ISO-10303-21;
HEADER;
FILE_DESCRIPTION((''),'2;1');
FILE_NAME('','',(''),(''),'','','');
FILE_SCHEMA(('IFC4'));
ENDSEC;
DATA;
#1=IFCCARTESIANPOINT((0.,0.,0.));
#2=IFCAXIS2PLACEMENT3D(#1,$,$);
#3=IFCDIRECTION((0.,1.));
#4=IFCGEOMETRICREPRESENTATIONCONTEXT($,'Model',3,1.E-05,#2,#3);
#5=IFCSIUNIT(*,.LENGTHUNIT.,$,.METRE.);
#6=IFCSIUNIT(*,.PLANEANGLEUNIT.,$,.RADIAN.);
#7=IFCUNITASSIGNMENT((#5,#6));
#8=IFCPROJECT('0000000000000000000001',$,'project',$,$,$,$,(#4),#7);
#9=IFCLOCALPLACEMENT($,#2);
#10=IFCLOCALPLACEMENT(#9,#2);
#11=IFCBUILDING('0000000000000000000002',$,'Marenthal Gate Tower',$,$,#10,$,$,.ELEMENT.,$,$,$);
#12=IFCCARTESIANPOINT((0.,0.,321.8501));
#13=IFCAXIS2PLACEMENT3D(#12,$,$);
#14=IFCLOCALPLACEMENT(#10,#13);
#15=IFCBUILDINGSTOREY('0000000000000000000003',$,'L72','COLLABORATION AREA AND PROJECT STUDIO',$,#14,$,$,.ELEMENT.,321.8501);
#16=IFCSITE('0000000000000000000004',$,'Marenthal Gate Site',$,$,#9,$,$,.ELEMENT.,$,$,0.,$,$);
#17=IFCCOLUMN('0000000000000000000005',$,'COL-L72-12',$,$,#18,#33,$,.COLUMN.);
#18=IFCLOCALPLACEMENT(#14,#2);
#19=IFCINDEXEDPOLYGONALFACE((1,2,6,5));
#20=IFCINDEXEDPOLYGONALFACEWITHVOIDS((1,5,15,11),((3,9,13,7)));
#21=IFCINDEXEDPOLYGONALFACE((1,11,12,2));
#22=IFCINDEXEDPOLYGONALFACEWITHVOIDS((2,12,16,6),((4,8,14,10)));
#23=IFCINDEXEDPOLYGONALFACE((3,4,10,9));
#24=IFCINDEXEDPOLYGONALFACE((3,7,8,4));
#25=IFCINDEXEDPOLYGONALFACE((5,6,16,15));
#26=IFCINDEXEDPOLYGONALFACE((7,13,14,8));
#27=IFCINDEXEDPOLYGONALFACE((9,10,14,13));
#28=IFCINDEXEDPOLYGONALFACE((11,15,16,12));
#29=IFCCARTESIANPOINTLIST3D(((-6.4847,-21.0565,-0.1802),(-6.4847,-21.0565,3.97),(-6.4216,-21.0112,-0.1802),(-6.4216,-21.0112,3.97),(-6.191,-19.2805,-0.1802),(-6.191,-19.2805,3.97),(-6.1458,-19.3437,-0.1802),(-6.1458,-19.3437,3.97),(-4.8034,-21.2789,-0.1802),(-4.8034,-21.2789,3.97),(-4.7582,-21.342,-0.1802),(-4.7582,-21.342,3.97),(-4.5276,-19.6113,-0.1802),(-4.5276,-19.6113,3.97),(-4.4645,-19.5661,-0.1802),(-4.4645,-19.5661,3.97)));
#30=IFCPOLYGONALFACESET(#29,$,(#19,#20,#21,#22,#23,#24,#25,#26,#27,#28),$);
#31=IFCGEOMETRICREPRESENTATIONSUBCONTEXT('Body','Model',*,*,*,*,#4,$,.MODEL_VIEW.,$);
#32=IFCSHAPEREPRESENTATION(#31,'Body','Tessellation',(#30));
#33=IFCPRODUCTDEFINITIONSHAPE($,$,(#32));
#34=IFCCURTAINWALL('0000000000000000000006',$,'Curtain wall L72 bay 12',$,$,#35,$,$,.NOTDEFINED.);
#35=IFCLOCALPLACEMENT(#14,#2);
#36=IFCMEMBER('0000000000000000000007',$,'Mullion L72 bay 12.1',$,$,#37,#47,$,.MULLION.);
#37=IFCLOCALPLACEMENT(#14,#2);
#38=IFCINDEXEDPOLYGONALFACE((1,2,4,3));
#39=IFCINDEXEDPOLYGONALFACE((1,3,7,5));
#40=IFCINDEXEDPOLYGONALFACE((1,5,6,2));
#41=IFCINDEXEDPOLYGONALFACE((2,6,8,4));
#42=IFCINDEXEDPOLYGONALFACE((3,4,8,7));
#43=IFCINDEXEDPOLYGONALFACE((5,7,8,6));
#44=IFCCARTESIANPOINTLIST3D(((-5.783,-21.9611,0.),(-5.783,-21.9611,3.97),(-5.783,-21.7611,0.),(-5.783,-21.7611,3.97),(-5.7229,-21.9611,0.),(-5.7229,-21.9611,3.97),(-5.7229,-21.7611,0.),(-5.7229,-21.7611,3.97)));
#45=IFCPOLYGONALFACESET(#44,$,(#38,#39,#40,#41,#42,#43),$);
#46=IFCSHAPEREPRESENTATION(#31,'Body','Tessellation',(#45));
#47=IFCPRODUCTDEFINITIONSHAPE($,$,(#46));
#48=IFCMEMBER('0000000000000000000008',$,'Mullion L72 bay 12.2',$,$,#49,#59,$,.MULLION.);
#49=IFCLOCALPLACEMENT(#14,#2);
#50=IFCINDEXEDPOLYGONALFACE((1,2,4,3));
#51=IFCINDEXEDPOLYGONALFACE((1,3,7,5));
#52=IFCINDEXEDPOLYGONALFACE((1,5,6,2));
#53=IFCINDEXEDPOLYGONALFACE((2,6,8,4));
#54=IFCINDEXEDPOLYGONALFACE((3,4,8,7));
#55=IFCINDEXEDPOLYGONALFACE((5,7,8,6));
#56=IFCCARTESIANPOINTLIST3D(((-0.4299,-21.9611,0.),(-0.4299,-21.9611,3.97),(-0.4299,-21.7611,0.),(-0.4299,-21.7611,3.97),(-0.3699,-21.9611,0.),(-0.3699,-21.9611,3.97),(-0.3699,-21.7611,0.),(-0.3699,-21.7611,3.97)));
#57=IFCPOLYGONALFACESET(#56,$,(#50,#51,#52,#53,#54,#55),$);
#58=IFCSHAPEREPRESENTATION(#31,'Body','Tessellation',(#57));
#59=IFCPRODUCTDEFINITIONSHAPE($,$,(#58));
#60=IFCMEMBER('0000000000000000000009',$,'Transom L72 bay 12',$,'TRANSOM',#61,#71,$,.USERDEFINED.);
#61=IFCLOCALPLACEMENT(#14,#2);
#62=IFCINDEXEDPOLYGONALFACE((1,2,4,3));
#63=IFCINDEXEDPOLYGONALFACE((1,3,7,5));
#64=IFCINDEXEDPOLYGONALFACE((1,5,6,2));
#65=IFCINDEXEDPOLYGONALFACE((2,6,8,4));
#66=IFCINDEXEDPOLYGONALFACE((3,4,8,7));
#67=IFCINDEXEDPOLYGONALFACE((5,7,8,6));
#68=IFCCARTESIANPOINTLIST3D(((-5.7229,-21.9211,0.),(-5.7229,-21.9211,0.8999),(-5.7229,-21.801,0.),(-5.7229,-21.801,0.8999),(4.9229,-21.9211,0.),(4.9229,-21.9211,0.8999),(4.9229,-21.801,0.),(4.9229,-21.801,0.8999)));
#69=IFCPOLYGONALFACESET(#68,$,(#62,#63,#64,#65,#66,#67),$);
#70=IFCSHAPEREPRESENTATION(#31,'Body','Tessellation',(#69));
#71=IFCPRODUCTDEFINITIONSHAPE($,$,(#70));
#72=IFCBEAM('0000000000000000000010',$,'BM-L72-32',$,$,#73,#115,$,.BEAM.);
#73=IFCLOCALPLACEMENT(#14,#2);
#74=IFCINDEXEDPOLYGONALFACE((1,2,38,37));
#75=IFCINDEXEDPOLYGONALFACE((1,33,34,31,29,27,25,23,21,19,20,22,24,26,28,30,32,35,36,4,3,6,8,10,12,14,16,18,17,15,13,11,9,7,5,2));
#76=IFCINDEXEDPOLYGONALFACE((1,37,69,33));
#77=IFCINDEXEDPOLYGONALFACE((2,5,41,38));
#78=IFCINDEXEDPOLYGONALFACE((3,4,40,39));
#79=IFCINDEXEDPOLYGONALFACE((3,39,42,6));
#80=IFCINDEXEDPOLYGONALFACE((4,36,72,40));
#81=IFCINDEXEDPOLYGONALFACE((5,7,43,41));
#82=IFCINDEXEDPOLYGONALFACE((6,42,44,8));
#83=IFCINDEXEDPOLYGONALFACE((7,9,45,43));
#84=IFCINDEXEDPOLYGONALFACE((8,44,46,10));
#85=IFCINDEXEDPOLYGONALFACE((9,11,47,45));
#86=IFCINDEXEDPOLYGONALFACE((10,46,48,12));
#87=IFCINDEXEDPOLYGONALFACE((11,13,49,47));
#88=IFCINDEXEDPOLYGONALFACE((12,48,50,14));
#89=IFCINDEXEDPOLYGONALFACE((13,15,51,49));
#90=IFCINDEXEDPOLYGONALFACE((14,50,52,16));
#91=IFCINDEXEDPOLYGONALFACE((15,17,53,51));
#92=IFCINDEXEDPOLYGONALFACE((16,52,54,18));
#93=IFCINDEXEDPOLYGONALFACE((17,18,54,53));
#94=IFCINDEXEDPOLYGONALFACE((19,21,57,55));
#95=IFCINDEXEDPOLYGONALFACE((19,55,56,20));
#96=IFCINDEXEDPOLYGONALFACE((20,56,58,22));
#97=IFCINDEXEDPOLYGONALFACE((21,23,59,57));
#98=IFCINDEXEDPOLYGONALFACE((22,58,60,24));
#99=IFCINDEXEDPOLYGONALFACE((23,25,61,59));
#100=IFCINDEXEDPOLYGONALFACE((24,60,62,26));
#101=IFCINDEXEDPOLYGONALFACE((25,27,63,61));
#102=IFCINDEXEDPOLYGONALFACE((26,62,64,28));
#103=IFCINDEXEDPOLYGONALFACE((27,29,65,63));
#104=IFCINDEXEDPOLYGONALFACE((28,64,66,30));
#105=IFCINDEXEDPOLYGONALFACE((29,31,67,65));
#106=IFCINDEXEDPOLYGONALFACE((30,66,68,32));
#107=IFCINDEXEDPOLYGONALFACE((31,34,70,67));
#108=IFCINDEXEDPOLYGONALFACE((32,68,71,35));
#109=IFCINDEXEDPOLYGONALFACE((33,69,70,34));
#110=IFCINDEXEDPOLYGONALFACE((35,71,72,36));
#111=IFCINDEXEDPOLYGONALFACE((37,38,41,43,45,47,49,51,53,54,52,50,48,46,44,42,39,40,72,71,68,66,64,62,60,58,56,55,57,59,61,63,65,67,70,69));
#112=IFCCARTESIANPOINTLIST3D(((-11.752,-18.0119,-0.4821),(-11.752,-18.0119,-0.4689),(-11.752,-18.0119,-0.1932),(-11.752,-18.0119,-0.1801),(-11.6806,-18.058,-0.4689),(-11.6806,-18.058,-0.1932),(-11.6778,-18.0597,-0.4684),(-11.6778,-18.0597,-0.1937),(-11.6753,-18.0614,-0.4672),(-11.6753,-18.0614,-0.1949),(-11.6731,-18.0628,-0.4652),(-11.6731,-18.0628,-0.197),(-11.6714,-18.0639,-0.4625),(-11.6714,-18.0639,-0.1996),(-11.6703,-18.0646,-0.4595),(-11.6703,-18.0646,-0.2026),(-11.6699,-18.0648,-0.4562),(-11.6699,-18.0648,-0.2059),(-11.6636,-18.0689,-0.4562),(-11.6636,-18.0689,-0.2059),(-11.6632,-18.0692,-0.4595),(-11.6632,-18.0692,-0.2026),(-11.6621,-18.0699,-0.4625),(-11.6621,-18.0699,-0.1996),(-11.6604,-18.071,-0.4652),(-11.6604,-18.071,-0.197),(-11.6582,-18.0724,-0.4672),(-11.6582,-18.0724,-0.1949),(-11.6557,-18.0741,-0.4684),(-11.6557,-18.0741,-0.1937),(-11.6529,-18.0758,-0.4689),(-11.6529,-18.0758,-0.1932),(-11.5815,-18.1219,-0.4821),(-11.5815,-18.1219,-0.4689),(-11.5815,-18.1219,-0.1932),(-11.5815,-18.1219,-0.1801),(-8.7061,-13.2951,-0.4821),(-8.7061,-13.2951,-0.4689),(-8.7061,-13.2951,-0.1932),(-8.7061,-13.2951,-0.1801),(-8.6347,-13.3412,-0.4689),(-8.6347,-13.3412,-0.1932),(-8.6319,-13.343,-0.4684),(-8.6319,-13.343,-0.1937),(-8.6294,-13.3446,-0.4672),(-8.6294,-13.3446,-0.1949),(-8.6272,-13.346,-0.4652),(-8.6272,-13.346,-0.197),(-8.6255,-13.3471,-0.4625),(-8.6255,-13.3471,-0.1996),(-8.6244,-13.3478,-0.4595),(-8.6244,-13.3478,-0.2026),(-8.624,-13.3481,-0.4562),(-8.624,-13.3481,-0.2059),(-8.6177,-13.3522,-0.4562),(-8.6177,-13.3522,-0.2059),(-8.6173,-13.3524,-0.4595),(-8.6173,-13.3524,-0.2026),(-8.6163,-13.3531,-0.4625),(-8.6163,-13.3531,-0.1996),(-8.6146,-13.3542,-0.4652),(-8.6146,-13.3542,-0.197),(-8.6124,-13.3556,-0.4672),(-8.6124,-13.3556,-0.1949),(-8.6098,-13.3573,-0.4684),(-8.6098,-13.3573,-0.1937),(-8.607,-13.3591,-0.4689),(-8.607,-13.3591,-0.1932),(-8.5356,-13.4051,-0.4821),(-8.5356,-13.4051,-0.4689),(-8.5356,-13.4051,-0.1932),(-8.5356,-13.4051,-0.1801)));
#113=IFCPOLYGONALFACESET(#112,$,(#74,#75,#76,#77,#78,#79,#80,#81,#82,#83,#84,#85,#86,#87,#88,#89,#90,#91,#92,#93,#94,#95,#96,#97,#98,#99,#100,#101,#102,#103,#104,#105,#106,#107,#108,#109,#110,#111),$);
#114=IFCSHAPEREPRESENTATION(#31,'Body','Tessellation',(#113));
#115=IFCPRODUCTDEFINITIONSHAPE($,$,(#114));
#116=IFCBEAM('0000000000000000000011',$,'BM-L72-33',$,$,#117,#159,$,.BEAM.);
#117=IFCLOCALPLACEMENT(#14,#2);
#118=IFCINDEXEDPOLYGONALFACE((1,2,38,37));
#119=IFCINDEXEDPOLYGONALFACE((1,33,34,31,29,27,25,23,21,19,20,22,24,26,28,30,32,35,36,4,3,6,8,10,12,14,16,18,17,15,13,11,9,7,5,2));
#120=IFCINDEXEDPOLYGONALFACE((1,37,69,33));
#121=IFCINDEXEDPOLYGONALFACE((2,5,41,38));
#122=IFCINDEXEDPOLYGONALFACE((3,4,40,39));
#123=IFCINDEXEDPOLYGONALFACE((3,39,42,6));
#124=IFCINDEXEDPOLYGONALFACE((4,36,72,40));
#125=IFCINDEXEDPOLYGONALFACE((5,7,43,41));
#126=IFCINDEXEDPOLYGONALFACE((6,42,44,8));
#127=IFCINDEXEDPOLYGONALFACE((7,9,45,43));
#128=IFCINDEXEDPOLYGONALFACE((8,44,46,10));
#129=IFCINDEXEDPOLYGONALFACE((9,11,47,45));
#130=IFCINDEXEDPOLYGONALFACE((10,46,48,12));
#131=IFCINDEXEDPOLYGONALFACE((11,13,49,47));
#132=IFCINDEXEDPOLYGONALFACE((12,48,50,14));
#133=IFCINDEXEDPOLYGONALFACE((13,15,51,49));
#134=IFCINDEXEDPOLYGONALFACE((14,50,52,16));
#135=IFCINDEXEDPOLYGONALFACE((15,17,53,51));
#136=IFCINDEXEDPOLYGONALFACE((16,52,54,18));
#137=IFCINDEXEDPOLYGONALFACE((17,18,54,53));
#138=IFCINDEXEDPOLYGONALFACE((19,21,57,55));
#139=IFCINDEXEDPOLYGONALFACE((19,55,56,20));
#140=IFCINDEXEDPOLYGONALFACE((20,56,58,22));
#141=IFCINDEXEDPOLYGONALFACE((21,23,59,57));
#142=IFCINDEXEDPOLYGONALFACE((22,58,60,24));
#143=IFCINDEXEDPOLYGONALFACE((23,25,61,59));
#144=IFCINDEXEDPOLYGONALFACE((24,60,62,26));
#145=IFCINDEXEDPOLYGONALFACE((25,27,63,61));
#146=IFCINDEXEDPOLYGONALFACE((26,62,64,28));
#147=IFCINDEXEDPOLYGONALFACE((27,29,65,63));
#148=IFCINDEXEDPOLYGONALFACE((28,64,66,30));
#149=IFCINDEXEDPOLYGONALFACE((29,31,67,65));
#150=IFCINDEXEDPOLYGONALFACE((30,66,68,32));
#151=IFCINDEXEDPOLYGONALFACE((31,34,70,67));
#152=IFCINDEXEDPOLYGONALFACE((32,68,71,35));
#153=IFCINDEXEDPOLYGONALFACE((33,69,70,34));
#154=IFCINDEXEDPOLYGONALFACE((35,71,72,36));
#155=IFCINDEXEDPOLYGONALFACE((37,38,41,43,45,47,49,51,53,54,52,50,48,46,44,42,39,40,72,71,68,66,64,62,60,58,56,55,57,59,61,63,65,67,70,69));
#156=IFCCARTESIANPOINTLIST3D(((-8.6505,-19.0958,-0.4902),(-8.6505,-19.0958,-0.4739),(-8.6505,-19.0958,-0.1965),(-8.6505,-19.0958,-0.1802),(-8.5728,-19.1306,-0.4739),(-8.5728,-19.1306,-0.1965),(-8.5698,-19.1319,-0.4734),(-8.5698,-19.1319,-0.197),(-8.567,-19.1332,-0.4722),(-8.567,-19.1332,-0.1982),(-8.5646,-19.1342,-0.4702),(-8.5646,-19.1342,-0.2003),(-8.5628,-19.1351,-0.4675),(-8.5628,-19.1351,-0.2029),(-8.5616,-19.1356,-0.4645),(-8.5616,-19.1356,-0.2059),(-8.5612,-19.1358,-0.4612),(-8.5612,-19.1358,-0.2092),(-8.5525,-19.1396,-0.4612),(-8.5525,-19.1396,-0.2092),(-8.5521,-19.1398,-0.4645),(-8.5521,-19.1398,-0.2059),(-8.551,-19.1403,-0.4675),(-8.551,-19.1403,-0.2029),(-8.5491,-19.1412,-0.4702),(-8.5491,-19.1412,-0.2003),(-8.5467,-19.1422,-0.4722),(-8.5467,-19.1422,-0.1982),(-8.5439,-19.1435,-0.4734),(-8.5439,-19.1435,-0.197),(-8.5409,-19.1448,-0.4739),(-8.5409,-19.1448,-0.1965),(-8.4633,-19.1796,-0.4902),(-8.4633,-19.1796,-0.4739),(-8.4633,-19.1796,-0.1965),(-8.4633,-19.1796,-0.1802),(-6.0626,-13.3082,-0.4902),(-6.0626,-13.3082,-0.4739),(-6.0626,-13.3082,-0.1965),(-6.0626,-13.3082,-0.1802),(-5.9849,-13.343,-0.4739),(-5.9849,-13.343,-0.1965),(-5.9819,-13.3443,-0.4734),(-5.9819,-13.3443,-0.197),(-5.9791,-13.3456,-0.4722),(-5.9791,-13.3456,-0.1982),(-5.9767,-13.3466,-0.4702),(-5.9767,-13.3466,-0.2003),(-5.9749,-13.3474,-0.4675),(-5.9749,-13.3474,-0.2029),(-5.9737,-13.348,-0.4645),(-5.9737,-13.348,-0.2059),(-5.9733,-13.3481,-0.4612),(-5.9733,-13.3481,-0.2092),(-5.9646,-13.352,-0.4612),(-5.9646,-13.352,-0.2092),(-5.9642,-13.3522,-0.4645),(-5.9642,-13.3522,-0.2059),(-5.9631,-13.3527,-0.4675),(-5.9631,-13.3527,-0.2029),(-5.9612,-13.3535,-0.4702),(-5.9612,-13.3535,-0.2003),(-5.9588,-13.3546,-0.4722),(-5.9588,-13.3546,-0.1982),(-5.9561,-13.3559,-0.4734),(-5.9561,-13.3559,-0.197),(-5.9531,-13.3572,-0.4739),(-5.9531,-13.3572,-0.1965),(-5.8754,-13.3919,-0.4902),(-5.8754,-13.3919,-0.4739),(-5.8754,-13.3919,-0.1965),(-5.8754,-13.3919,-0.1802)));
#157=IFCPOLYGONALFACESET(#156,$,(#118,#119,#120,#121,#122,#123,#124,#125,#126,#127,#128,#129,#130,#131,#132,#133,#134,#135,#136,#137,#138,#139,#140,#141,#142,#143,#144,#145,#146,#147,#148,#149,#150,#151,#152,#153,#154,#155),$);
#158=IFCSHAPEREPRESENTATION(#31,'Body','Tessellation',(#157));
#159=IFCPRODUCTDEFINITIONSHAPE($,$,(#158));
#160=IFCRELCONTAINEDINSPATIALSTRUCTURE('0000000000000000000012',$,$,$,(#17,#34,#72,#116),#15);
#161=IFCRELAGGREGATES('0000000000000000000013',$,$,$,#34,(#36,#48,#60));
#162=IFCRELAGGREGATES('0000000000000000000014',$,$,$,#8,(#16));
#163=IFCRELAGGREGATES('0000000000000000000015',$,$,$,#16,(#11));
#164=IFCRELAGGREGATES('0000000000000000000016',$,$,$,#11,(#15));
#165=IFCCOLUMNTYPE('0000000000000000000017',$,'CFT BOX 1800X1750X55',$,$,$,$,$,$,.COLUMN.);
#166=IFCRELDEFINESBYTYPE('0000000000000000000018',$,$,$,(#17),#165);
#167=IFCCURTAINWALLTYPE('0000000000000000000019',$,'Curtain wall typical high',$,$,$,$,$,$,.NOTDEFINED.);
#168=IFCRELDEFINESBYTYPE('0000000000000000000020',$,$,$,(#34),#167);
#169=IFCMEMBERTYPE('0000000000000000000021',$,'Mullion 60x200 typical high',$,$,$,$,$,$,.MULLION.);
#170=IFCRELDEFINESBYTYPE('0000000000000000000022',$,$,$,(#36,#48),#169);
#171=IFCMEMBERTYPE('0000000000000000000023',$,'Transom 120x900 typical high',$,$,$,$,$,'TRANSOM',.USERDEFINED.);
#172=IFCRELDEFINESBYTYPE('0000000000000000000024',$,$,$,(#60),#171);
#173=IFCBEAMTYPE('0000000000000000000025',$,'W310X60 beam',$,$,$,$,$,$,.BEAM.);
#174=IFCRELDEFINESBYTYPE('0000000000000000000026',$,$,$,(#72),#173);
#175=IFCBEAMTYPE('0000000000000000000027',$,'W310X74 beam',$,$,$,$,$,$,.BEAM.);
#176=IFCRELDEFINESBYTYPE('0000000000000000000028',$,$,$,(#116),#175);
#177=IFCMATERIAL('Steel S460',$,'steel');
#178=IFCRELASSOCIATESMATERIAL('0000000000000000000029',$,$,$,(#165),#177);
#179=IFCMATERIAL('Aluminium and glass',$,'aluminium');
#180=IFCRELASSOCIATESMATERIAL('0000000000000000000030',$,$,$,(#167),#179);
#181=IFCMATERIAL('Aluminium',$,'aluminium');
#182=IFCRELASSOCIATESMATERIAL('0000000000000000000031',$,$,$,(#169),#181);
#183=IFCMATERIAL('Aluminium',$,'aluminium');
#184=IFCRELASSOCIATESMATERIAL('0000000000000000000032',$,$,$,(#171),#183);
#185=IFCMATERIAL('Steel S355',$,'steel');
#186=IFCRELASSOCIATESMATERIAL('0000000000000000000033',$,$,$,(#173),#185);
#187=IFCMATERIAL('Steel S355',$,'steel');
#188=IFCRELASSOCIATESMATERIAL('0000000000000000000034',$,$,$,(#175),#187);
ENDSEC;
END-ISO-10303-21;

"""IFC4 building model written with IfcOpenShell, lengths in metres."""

from ifc_helpers import new_model, si_unit, direction, frame, origin, origin_2d, place, context, subcontext, project, spatial, rectangle, hollow_rectangle, i_section, extrude, material, material_profile, profile_set, type_object, element, aggregate, save


model = new_model("IFC4")

# Units and contexts
model_context = context("Model", 3, precision=1e-05, world=origin(), true_north=direction((0.0, 1.0)))
body_context = subcontext(model_context, "Body", "Model", "MODEL_VIEW")
ifc_project = project(units=[si_unit("LENGTHUNIT", "METRE"), si_unit("PLANEANGLEUNIT", "RADIAN")], contexts=[model_context])

# Site, building, storey
site_placement = place(None, origin())
site = spatial("IfcSite", under=ifc_project, at=site_placement, Name="Marenthal Gate Site", CompositionType="ELEMENT", RefElevation=0.0)
building_placement = place(site_placement, origin())
building = spatial("IfcBuilding", under=site, at=building_placement, Name="Marenthal Gate Tower", CompositionType="ELEMENT")
storey_placement = place(building_placement, frame((0.0, 0.0, 321.8501)))
storey = spatial("IfcBuildingStorey", under=building, at=storey_placement, Name="L72", Description="COLLABORATION AREA AND PROJECT STUDIO", CompositionType="ELEMENT", Elevation=321.8501)

# Column
ifc_material_1 = material(Name="Steel S460", Category="steel")
ifc_material_profile_1 = material_profile(ifc_material_1, hollow_rectangle(XDim=1.75, YDim=1.8, WallThickness=0.0549, at=origin_2d()), Name="CFT BOX 1800X1750X55")
ifc_material_2 = material(Name="Concrete 70 MPa", Category="concrete")
ifc_material_profile_2 = material_profile(ifc_material_2, rectangle(XDim=1.6399, YDim=1.6899, at=origin_2d()), Name="CFT BOX 1800X1750X55 INFILL")
ifc_profile_set_1 = profile_set([ifc_material_profile_1, ifc_material_profile_2], Name="Steel S460 shell, Concrete 70 MPa infill")
column_type = type_object("IfcColumnType", Name="CFT BOX 1800X1750X55", PredefinedType="COLUMN", material=ifc_profile_set_1)
column_placement = place(storey_placement, frame((-5.4746, -20.3113, -0.1802), z_axis=(0.0, 0.0, 1.0), x_axis=(-0.986599, 0.163164, 0.0)))
element("IfcColumn", 1, at=column_placement, inside=storey, type_object=column_type, Name="COL-L72-12", PredefinedType="COLUMN", context=body_context, shape_type="SweptSolid", body=[
    extrude(hollow_rectangle(XDim=1.75, YDim=1.8, WallThickness=0.0549, at=origin_2d()), origin(), (0.0, 0.0, 1.0), 4.1501),
])

# Curtain wall, members
ifc_material_3 = material(Name="Aluminium and glass", Category="aluminium")
curtain_wall_type = type_object("IfcCurtainWallType", Name="Curtain wall typical high", PredefinedType="NOTDEFINED", material=ifc_material_3)
curtain_wall_placement = place(storey_placement, origin())
curtain_wall = element("IfcCurtainWall", 2, at=curtain_wall_placement, inside=storey, type_object=curtain_wall_type, Name="Curtain wall L72 bay 12", PredefinedType="NOTDEFINED")
ifc_material_4 = material(Name="Aluminium", Category="aluminium")
ifc_material_profile_3 = material_profile(ifc_material_4, rectangle(XDim=0.2, YDim=0.0601, at=origin_2d()), Name="60x200 aluminium mullion")
ifc_profile_set_2 = profile_set([ifc_material_profile_3], Name="Aluminium")
member_type_1 = type_object("IfcMemberType", Name="Mullion 60x200 typical high", PredefinedType="MULLION", material=ifc_profile_set_2)
member_1_placement = place(storey_placement, frame((-5.7529, -21.8611, 0.0), z_axis=(0.0, 0.0, 1.0), x_axis=(0.0, 1.0, 0.0)))
member_1 = element("IfcMember", 3, at=member_1_placement, type_object=member_type_1, Name="Mullion L72 bay 12.1", PredefinedType="MULLION", context=body_context, shape_type="SweptSolid", body=[
    extrude(rectangle(XDim=0.2, YDim=0.0601, at=origin_2d()), origin(), (0.0, 0.0, 1.0), 3.97),
])
member_2_placement = place(storey_placement, frame((-0.3999, -21.8611, 0.0), z_axis=(0.0, 0.0, 1.0), x_axis=(0.0, 1.0, 0.0)))
member_2 = element("IfcMember", 4, at=member_2_placement, type_object=member_type_1, Name="Mullion L72 bay 12.2", PredefinedType="MULLION", context=body_context, shape_type="SweptSolid", body=[
    extrude(rectangle(XDim=0.2, YDim=0.0601, at=origin_2d()), origin(), (0.0, 0.0, 1.0), 3.97),
])
ifc_material_5 = material(Name="Aluminium", Category="aluminium")
ifc_material_profile_4 = material_profile(ifc_material_5, rectangle(XDim=0.1201, YDim=0.8999, at=origin_2d()), Name="120x900 aluminium transom")
ifc_profile_set_3 = profile_set([ifc_material_profile_4], Name="Aluminium")
member_type_2 = type_object("IfcMemberType", Name="Transom 120x900 typical high", ElementType="TRANSOM", PredefinedType="USERDEFINED", material=ifc_profile_set_3)
member_3_placement = place(storey_placement, frame((-5.7229, -21.8611, 0.45), z_axis=(1.0, 0.0, 0.0), x_axis=(0.0, 1.0, 0.0)))
member_3 = element("IfcMember", 5, at=member_3_placement, type_object=member_type_2, Name="Transom L72 bay 12", ObjectType="TRANSOM", PredefinedType="USERDEFINED", context=body_context, shape_type="SweptSolid", body=[
    extrude(rectangle(XDim=0.1201, YDim=0.8999, at=origin_2d()), origin(), (0.0, 0.0, 1.0), 10.6458),
])

# Beams
ifc_material_6 = material(Name="Steel S355", Category="steel")
ifc_material_profile_5 = material_profile(ifc_material_6, i_section(OverallWidth=0.2029, OverallDepth=0.302, WebThickness=0.0076, FlangeThickness=0.0132, FilletRadius=0.0127, at=origin_2d()), Name="W310X60")
ifc_profile_set_4 = profile_set([ifc_material_profile_5], Name="Steel S355")
beam_type_1 = type_object("IfcBeamType", Name="W310X60 beam", PredefinedType="BEAM", material=ifc_profile_set_4)
beam_1_placement = place(storey_placement, frame((-11.6667, -18.0669, -0.3311), z_axis=(0.542479, 0.840069, 0.0), x_axis=(-0.840069, 0.542479, 0.0)))
element("IfcBeam", 6, at=beam_1_placement, inside=storey, type_object=beam_type_1, Name="BM-L72-32", PredefinedType="BEAM", context=body_context, shape_type="SweptSolid", body=[
    extrude(i_section(OverallWidth=0.2029, OverallDepth=0.302, WebThickness=0.0076, FlangeThickness=0.0132, FilletRadius=0.0127, at=origin_2d()), origin(), (0.0, 0.0, 1.0), 5.6147),
])
ifc_material_7 = material(Name="Steel S355", Category="steel")
ifc_material_profile_6 = material_profile(ifc_material_7, i_section(OverallWidth=0.2051, OverallDepth=0.3101, WebThickness=0.0095, FlangeThickness=0.0164, FilletRadius=0.0127, at=origin_2d()), Name="W310X74")
ifc_profile_set_5 = profile_set([ifc_material_profile_6], Name="Steel S355")
beam_type_2 = type_object("IfcBeamType", Name="W310X74 beam", PredefinedType="BEAM", material=ifc_profile_set_5)
beam_2_placement = place(storey_placement, frame((-8.5569, -19.1377, -0.3352), z_axis=(0.408195, 0.912895, 0.0), x_axis=(-0.912895, 0.408195, 0.0)))
element("IfcBeam", 7, at=beam_2_placement, inside=storey, type_object=beam_type_2, Name="BM-L72-33", PredefinedType="BEAM", context=body_context, shape_type="SweptSolid", body=[
    extrude(i_section(OverallWidth=0.2051, OverallDepth=0.3101, WebThickness=0.0095, FlangeThickness=0.0164, FilletRadius=0.0127, at=origin_2d()), origin(), (0.0, 0.0, 1.0), 6.3398),
])

aggregate(curtain_wall, [member_1, member_2, member_3])

save(model, "model.ifc")
